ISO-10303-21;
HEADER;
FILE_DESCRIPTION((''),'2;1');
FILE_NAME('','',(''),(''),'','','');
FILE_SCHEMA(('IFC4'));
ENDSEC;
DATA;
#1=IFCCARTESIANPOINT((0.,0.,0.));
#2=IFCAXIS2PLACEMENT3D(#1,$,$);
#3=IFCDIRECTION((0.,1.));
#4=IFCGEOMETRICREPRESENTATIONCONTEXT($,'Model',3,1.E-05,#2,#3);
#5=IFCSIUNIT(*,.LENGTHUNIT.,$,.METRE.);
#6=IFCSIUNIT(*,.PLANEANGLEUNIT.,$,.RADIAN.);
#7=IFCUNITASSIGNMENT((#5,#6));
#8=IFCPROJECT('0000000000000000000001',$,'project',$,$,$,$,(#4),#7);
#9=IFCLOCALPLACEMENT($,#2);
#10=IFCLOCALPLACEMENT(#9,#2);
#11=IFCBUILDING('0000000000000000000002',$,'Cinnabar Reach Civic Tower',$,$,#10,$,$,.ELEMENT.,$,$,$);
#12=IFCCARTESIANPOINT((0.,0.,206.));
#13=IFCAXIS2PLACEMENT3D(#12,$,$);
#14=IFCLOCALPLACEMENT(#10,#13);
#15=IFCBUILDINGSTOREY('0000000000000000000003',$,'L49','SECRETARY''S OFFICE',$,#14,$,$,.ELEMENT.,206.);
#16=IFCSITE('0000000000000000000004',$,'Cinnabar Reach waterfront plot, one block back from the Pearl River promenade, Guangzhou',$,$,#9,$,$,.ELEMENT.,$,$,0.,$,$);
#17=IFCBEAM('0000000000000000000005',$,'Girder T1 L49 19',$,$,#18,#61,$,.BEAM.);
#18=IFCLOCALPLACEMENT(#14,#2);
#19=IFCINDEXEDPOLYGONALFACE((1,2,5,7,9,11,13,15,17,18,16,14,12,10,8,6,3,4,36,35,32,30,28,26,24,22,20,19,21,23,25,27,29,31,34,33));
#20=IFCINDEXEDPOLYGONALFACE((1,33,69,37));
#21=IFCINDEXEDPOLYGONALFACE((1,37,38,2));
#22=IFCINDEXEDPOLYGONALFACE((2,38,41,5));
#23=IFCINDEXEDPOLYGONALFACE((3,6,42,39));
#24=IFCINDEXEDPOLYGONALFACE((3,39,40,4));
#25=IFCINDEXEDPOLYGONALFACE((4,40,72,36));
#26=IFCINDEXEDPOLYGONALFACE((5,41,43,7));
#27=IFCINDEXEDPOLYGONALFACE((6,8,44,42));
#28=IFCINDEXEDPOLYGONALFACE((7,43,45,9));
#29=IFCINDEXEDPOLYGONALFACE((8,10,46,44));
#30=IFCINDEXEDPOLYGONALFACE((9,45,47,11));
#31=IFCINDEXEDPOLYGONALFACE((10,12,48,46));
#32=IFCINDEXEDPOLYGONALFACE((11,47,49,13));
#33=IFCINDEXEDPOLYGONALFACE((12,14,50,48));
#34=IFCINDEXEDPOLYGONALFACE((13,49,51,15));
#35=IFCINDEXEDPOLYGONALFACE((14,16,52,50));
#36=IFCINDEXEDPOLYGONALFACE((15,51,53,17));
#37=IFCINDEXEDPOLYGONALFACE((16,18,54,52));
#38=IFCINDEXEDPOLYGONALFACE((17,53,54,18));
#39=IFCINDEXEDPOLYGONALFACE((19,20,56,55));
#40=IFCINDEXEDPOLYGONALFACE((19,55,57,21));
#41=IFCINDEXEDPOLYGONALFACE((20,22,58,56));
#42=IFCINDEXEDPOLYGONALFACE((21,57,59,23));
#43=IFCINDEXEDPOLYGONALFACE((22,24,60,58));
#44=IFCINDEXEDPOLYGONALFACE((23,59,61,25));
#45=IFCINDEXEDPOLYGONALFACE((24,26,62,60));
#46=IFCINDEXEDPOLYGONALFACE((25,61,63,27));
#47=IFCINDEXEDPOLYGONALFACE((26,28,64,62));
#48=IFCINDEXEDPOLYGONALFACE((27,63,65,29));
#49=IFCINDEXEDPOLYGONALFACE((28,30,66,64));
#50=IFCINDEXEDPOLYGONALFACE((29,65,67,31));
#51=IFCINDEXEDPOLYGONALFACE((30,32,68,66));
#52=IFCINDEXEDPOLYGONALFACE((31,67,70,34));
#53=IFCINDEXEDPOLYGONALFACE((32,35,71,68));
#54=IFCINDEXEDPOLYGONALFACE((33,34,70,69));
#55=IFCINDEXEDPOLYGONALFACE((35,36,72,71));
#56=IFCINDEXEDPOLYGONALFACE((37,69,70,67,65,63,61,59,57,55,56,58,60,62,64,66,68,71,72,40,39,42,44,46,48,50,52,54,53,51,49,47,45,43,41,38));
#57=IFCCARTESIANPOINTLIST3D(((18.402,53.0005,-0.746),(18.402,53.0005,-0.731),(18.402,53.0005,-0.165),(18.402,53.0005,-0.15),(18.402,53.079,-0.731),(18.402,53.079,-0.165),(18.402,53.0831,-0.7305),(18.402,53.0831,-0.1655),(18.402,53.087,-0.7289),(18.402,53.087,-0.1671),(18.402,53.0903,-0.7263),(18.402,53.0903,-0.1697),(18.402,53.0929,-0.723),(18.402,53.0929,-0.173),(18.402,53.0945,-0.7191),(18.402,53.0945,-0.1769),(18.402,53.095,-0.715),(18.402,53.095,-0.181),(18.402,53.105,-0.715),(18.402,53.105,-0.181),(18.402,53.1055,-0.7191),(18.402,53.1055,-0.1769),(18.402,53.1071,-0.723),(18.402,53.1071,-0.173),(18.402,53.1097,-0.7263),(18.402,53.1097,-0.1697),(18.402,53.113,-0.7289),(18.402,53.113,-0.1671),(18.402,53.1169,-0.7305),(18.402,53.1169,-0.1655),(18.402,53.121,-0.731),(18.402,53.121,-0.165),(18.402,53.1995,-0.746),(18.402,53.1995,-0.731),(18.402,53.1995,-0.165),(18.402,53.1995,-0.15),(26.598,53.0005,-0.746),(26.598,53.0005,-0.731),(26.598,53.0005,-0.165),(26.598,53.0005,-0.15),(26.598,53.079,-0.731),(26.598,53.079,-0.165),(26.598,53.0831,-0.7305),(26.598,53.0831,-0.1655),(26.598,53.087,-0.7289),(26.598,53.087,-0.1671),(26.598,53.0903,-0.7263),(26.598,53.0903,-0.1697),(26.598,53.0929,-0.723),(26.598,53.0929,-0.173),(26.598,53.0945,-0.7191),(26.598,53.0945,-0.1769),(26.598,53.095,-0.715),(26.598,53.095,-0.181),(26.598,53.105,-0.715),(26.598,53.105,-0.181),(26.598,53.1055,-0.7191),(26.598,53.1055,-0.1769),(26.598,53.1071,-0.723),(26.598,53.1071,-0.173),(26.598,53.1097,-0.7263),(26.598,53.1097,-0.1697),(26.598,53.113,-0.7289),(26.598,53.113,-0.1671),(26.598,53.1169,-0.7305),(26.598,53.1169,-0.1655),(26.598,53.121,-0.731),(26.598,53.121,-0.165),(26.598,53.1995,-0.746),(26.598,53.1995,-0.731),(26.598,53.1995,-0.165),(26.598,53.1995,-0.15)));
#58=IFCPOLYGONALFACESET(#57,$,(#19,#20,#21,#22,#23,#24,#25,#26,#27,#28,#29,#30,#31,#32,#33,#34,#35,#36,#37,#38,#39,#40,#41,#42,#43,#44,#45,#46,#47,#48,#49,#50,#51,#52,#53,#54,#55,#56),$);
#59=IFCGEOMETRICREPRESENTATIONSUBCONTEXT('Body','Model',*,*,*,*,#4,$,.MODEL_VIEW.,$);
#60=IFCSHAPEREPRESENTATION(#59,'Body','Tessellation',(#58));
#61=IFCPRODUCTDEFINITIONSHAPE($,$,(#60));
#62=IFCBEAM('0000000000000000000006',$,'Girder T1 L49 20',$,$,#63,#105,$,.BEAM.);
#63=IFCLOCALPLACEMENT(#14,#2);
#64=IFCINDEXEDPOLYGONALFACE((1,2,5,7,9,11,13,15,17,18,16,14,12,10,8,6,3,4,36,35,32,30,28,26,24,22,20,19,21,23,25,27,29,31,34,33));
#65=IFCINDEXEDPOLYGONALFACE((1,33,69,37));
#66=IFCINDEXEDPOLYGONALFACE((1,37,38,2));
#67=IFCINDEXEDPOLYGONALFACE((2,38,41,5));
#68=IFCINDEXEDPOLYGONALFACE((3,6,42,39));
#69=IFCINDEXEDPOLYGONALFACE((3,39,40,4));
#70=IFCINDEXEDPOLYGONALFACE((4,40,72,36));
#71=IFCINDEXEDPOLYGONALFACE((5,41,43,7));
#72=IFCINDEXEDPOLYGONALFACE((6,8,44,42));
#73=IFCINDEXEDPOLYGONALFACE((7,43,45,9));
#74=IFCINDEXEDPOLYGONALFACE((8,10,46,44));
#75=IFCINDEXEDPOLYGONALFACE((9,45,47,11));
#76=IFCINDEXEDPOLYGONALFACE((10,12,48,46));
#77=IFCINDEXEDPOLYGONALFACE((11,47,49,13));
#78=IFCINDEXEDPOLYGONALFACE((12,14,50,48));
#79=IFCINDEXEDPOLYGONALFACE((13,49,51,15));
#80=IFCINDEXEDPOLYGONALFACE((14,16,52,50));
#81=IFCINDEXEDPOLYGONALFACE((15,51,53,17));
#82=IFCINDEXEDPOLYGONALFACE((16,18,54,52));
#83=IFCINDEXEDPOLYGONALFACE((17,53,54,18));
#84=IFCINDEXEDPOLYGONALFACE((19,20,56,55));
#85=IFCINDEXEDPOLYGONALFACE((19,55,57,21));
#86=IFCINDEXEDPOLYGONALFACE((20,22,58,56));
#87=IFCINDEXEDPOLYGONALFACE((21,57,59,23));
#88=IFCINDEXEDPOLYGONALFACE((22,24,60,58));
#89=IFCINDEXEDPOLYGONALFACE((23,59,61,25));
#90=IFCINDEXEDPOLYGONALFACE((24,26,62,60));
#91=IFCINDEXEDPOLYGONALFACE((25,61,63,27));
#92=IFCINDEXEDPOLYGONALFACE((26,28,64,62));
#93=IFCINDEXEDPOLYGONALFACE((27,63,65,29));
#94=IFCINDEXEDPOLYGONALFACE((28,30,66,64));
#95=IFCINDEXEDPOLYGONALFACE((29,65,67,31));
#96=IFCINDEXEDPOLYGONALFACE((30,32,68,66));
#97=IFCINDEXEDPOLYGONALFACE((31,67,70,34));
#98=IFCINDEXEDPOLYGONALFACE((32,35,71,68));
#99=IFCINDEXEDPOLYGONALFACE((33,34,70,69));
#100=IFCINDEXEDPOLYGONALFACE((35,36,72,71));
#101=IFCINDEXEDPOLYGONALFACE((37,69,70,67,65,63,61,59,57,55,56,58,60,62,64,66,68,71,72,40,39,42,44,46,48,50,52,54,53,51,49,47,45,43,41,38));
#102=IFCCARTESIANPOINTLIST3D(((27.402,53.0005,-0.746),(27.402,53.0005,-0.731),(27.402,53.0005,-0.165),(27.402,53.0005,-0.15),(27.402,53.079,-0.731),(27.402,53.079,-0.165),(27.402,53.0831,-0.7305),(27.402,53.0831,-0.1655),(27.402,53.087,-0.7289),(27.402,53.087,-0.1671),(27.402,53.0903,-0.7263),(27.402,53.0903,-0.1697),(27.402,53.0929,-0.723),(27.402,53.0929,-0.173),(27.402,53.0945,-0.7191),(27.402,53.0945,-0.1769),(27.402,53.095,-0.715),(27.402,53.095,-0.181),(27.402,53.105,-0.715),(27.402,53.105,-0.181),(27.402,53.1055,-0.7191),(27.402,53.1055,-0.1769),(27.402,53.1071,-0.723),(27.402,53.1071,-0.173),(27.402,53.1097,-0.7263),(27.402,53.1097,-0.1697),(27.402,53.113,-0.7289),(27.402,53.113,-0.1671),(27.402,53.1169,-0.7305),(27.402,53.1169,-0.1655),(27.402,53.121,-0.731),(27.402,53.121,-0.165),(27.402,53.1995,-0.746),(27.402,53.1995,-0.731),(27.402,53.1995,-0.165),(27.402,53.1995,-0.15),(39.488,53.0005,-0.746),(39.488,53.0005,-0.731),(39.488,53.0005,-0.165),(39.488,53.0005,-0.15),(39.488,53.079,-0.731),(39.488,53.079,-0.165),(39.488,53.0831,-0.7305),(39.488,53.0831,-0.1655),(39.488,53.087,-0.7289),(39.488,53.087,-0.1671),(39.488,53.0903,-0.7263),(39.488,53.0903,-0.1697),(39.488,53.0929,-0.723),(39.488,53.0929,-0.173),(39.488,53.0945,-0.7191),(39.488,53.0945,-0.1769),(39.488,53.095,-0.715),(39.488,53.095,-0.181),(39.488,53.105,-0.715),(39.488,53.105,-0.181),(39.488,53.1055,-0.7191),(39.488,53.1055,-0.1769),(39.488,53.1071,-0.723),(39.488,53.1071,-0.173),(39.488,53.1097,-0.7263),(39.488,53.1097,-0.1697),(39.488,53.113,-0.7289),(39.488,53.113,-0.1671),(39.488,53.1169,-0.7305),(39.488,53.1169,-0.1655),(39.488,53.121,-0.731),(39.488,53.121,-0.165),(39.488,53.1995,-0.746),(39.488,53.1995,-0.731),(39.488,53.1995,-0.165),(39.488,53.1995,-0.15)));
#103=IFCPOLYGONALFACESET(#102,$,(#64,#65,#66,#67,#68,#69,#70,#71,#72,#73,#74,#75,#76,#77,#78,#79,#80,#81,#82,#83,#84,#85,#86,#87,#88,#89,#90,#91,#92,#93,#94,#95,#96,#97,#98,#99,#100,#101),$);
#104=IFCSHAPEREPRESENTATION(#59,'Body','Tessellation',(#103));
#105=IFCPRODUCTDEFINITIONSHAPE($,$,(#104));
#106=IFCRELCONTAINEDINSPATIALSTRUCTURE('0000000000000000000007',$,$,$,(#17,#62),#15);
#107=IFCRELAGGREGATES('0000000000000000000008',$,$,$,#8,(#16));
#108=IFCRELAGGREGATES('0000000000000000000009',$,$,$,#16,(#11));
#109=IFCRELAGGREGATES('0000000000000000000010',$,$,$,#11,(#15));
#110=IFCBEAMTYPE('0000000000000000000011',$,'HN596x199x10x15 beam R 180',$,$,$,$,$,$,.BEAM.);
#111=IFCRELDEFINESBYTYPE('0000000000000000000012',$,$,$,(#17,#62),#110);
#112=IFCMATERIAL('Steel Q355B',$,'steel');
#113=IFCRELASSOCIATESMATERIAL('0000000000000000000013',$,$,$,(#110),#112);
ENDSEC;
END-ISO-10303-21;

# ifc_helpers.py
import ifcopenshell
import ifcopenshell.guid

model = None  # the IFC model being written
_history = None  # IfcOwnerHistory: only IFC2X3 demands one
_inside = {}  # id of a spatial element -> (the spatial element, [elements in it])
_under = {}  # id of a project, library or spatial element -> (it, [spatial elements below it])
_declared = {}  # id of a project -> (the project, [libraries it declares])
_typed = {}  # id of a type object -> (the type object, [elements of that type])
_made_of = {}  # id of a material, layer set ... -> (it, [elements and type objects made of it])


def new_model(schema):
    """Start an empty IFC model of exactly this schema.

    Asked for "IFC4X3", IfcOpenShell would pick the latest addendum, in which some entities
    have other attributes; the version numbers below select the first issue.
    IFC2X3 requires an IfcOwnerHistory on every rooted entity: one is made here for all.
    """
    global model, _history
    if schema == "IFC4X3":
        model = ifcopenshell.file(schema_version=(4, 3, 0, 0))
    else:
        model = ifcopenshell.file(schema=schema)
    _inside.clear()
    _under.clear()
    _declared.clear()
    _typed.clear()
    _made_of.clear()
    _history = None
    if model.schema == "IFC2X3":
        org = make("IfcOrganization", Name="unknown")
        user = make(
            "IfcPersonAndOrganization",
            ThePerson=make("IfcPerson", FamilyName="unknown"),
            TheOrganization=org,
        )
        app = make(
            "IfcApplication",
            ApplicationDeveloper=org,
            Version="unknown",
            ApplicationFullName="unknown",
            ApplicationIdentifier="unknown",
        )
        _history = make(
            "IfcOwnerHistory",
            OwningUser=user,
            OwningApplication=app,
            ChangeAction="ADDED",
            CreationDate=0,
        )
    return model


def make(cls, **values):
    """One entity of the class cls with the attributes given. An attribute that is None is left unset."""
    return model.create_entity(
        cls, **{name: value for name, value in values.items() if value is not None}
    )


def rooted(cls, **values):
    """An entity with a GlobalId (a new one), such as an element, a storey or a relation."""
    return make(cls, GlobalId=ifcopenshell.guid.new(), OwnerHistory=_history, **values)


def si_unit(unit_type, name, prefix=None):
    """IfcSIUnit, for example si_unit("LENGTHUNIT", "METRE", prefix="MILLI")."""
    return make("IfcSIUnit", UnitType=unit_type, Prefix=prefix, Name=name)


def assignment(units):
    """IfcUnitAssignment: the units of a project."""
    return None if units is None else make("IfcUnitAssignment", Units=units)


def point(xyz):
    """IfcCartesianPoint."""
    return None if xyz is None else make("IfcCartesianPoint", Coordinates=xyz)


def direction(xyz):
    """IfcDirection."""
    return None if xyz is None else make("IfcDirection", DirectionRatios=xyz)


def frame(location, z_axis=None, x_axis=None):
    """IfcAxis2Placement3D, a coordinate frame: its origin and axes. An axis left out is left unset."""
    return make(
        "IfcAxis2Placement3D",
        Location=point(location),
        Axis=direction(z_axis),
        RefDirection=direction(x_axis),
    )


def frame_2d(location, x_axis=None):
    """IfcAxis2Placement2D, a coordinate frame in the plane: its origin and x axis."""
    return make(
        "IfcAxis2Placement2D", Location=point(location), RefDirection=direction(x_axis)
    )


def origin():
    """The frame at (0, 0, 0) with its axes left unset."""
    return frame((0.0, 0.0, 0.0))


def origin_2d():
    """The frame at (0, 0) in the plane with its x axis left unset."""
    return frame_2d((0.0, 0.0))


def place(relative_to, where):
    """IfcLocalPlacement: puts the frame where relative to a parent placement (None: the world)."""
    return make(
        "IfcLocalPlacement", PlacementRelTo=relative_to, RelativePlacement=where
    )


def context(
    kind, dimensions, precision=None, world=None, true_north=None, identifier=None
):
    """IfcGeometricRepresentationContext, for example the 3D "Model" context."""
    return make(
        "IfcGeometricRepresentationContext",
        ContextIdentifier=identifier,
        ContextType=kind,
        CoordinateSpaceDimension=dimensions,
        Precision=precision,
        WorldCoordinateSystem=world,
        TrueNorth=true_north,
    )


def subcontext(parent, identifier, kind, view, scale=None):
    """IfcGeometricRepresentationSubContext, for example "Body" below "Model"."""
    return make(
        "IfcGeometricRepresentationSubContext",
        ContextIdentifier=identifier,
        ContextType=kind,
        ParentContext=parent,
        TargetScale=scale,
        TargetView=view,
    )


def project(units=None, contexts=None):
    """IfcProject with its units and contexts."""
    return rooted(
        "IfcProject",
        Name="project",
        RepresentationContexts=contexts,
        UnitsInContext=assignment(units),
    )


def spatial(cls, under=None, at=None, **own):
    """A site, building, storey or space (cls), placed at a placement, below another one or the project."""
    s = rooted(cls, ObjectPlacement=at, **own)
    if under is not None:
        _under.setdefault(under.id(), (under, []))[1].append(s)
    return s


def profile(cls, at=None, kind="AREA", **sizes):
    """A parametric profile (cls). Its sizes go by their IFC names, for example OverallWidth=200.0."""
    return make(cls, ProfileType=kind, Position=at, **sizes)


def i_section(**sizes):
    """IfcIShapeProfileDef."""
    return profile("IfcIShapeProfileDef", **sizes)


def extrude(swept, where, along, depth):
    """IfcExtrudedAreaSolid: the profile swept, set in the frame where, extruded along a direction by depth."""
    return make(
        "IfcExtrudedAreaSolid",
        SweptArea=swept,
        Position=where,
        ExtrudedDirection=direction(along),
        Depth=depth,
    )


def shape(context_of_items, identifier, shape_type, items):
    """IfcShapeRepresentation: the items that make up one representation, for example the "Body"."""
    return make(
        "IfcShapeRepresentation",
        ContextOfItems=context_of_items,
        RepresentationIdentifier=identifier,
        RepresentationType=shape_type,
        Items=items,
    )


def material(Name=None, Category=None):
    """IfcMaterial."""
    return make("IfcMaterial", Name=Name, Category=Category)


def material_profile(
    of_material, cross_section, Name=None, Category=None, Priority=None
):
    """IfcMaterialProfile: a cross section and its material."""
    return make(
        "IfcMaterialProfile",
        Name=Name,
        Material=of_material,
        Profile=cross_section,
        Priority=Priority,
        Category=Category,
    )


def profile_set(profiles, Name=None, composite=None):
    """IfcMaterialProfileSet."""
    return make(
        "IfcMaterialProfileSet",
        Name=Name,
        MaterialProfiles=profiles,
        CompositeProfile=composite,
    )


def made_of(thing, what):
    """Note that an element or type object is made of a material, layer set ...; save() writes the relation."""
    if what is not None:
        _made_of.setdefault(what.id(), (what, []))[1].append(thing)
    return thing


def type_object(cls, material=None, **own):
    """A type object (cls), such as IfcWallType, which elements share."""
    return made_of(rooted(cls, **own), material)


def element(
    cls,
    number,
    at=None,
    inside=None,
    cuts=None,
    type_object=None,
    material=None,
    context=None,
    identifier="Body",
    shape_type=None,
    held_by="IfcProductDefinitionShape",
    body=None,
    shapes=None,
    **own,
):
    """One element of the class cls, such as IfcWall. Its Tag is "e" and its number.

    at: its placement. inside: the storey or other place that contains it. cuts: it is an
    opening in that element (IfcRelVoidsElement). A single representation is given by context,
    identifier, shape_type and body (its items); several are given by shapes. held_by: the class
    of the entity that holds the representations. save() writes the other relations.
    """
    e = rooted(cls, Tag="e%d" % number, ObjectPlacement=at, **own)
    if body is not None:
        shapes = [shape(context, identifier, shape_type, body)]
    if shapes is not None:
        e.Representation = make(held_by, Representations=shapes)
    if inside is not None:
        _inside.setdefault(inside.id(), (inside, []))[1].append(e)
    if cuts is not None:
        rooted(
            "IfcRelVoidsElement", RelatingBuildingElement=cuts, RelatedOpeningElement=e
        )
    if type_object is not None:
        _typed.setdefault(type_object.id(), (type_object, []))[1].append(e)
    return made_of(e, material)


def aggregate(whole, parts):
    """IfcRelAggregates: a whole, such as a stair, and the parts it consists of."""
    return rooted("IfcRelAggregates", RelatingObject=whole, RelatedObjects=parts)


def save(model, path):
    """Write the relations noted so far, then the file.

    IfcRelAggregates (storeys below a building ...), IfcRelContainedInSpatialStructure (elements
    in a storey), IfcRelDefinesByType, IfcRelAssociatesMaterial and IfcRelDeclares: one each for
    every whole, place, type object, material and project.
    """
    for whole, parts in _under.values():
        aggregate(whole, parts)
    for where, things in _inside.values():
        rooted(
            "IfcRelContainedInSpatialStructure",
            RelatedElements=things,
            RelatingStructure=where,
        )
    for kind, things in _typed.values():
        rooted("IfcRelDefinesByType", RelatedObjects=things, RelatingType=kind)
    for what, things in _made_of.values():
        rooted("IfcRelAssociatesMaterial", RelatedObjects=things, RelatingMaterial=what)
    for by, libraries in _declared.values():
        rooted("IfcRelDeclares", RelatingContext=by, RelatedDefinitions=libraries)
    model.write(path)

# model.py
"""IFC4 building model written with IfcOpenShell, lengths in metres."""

from ifc_helpers import new_model, si_unit, direction, frame, origin, origin_2d, place, context, subcontext, project, spatial, i_section, extrude, material, material_profile, profile_set, type_object, element, save


model = new_model("IFC4")

# Units and contexts
model_context = context("Model", 3, precision=1e-05, world=origin(), true_north=direction((0.0, 1.0)))
body_context = subcontext(model_context, "Body", "Model", "MODEL_VIEW")
ifc_project = project(units=[si_unit("LENGTHUNIT", "METRE"), si_unit("PLANEANGLEUNIT", "RADIAN")], contexts=[model_context])

# Site, building, storey
site_placement = place(None, origin())
site = spatial("IfcSite", under=ifc_project, at=site_placement, Name="Cinnabar Reach waterfront plot, one block back from the Pearl River promenade, Guangzhou", CompositionType="ELEMENT", RefElevation=0.0)
building_placement = place(site_placement, origin())
building = spatial("IfcBuilding", under=site, at=building_placement, Name="Cinnabar Reach Civic Tower", CompositionType="ELEMENT")
storey_placement = place(building_placement, frame((0.0, 0.0, 206.0)))
storey = spatial("IfcBuildingStorey", under=building, at=storey_placement, Name="L49", Description="SECRETARY'S OFFICE", CompositionType="ELEMENT", Elevation=206.0)

# Beams
ifc_material_1 = material(Name="Steel Q355B", Category="steel")
ifc_material_profile_1 = material_profile(ifc_material_1, i_section(OverallWidth=0.199, OverallDepth=0.596, WebThickness=0.01, FlangeThickness=0.015, FilletRadius=0.016, at=origin_2d()), Name="HN596x199x10x15")
ifc_profile_set_1 = profile_set([ifc_material_profile_1], Name="Steel Q355B")
beam_type_1 = type_object("IfcBeamType", Name="HN596x199x10x15 beam R 180", PredefinedType="BEAM", material=ifc_profile_set_1)
beam_1_placement = place(storey_placement, frame((18.402, 53.1, -0.448), z_axis=(1.0, 0.0, 0.0), x_axis=(0.0, 1.0, 0.0)))
element("IfcBeam", 1, at=beam_1_placement, inside=storey, type_object=beam_type_1, Name="Girder T1 L49 19", PredefinedType="BEAM", context=body_context, shape_type="SweptSolid", body=[
    extrude(i_section(OverallWidth=0.199, OverallDepth=0.596, WebThickness=0.01, FlangeThickness=0.015, FilletRadius=0.016, at=origin_2d()), origin(), (0.0, 0.0, 1.0), 8.196),
])
beam_2_placement = place(storey_placement, frame((27.402, 53.1, -0.448), z_axis=(1.0, 0.0, 0.0), x_axis=(0.0, 1.0, 0.0)))
element("IfcBeam", 2, at=beam_2_placement, inside=storey, type_object=beam_type_1, Name="Girder T1 L49 20", PredefinedType="BEAM", context=body_context, shape_type="SweptSolid", body=[
    extrude(i_section(OverallWidth=0.199, OverallDepth=0.596, WebThickness=0.01, FlangeThickness=0.015, FilletRadius=0.016, at=origin_2d()), origin(), (0.0, 0.0, 1.0), 12.086),
])

save(model, "model.ifc")
